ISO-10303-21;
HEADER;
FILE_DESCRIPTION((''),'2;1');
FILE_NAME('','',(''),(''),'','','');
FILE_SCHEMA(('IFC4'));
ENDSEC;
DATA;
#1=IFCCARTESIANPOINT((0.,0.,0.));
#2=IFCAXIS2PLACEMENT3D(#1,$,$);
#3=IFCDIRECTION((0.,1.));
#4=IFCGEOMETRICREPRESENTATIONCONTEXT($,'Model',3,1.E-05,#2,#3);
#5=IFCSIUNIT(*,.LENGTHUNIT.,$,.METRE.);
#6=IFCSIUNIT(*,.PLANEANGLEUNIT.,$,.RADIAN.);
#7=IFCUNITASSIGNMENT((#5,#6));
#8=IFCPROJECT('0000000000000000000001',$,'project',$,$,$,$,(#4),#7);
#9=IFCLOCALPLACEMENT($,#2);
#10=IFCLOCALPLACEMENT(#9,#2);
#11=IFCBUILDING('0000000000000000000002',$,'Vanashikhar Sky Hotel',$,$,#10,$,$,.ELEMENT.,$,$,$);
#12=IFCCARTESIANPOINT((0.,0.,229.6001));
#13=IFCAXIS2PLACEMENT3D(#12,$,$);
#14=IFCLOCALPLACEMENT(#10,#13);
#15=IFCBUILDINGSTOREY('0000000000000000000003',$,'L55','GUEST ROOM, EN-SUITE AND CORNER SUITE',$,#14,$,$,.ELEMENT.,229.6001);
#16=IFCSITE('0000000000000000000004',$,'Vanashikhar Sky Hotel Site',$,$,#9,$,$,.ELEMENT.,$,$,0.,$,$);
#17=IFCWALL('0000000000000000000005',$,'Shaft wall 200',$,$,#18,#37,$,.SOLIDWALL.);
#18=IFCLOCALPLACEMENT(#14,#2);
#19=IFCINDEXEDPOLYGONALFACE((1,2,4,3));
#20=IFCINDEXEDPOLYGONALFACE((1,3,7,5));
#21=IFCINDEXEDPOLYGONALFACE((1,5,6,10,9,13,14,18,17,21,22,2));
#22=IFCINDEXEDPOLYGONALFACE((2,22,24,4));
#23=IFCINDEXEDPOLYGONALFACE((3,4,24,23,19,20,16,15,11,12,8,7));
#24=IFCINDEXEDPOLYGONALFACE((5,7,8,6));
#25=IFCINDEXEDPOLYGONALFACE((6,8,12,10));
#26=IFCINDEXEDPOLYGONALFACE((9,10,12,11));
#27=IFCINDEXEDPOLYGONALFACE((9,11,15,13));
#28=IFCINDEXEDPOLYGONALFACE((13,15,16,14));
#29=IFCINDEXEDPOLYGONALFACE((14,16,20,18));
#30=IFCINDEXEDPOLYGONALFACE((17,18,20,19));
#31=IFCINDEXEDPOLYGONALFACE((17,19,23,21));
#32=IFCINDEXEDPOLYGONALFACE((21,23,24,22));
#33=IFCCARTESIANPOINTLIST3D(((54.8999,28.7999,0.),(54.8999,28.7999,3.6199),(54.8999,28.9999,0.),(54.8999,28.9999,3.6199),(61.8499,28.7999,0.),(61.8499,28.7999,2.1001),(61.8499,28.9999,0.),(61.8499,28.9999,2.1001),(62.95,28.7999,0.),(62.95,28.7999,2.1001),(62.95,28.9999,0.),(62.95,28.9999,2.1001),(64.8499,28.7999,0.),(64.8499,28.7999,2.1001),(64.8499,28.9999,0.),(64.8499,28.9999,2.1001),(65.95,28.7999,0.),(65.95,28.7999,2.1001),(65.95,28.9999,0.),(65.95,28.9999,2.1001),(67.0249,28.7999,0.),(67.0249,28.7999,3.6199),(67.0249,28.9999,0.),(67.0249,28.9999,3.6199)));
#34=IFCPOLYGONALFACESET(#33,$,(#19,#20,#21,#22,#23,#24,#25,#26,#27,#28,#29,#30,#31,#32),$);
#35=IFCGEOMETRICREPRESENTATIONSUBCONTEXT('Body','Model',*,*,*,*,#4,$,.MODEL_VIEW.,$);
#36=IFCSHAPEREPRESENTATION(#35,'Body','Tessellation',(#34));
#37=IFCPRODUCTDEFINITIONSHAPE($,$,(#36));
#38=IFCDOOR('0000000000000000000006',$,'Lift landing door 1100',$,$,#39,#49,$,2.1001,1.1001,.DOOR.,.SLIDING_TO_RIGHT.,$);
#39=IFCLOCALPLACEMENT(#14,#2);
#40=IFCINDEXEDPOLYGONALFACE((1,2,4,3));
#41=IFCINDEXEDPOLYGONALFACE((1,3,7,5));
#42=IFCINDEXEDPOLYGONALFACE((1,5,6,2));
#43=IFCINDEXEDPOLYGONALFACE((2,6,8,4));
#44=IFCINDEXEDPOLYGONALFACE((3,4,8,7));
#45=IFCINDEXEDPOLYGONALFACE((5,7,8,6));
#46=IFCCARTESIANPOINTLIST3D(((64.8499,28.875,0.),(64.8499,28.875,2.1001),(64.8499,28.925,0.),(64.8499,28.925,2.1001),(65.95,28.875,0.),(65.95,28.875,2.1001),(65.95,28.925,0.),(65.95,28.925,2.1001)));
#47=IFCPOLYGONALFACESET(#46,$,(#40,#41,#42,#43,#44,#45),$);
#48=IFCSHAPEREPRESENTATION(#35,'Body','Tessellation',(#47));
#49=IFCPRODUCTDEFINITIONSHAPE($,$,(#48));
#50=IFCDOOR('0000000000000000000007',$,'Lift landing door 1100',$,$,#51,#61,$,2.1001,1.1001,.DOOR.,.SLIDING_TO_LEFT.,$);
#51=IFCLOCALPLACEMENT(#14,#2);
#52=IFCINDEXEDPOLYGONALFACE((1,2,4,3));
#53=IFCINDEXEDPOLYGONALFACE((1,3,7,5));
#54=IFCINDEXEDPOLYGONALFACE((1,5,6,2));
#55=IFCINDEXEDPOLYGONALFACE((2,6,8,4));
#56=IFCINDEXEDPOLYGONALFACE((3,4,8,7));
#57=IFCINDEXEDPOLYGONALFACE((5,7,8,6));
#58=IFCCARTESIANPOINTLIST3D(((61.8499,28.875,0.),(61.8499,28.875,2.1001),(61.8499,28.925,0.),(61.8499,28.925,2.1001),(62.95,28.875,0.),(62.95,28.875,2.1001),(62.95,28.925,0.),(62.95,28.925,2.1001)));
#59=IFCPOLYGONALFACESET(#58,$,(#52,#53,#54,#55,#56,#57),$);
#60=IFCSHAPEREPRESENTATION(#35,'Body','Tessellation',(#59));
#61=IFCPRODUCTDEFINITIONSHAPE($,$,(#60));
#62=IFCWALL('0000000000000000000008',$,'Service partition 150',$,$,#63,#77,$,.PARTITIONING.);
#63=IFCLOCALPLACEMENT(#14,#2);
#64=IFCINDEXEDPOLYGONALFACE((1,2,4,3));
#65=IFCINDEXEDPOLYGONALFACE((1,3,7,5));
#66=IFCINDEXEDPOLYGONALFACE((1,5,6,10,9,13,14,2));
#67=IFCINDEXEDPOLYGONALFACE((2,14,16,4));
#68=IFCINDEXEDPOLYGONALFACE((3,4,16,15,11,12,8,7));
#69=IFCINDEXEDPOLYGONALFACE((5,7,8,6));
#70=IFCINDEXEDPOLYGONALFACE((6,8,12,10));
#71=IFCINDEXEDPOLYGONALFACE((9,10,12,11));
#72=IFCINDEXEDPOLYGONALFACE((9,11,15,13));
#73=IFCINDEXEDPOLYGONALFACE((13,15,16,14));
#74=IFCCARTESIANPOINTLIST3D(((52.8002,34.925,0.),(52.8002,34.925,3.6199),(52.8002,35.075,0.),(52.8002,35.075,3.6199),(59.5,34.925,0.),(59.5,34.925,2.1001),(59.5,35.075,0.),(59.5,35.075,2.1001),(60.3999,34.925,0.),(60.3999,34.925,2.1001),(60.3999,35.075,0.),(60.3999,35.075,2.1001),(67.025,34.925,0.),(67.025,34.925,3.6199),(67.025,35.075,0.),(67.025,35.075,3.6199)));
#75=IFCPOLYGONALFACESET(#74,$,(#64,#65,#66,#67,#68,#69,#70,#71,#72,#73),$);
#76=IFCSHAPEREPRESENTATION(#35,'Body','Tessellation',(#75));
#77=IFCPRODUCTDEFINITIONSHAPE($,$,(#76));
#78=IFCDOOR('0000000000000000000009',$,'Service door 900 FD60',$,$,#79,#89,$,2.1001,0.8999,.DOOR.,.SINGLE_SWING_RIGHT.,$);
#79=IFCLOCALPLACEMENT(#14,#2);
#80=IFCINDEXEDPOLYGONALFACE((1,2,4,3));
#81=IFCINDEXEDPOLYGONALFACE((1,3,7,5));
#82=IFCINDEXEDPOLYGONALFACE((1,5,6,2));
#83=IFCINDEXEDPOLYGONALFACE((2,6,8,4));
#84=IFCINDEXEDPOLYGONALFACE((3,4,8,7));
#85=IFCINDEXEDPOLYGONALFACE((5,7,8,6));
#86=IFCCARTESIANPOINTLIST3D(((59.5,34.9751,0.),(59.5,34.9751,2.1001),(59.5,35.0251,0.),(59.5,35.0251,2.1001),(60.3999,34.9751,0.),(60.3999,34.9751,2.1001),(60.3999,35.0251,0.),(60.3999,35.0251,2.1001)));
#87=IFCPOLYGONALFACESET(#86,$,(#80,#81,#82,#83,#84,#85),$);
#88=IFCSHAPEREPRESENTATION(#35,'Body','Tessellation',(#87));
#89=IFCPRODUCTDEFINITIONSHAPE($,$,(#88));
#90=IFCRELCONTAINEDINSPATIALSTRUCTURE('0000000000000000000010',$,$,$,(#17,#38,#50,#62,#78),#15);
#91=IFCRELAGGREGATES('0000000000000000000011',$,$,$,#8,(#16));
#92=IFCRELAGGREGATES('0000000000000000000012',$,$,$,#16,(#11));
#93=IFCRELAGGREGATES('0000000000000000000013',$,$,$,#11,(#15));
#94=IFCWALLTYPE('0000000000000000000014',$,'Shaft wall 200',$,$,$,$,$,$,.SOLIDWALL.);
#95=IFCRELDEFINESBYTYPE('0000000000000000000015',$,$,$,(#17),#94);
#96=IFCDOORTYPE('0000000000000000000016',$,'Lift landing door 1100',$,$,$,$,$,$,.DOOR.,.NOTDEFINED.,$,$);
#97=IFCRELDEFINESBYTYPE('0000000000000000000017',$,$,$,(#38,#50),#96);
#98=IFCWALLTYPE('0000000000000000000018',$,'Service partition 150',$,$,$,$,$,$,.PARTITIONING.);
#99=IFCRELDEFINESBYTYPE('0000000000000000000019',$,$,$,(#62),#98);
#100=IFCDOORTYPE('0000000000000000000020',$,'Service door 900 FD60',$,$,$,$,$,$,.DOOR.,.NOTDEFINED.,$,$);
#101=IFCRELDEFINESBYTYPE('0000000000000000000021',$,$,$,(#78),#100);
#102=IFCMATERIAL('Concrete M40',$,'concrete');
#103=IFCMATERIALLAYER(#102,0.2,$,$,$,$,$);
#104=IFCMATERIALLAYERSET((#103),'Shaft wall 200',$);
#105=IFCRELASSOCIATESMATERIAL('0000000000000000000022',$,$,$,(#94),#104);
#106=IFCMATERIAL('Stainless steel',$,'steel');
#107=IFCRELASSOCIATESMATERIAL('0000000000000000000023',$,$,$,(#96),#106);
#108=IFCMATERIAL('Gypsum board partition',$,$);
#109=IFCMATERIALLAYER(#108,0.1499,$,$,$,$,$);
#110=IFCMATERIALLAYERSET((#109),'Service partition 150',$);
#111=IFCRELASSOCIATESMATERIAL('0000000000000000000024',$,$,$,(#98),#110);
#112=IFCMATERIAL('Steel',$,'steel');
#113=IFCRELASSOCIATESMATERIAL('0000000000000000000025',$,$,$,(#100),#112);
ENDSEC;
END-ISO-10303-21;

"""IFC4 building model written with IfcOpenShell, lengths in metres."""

from ifc_helpers import new_model, si_unit, direction, frame, frame_2d, origin, place, context, subcontext, project, spatial, rectangle, extrude, source, transform, mapped, material, layer, layer_set, type_object, element, fill, save


model = new_model("IFC4")

# Units and contexts
model_context = context("Model", 3, precision=1e-05, world=origin(), true_north=direction((0.0, 1.0)))
body_context = subcontext(model_context, "Body", "Model", "MODEL_VIEW")
ifc_project = project(units=[si_unit("LENGTHUNIT", "METRE"), si_unit("PLANEANGLEUNIT", "RADIAN")], contexts=[model_context])

# Site, building, storey
site_placement = place(None, origin())
site = spatial("IfcSite", under=ifc_project, at=site_placement, Name="Vanashikhar Sky Hotel Site", CompositionType="ELEMENT", RefElevation=0.0)
building_placement = place(site_placement, origin())
building = spatial("IfcBuilding", under=site, at=building_placement, Name="Vanashikhar Sky Hotel", CompositionType="ELEMENT")
storey_placement = place(building_placement, frame((0.0, 0.0, 229.6001)))
storey = spatial("IfcBuildingStorey", under=building, at=storey_placement, Name="L55", Description="GUEST ROOM, EN-SUITE AND CORNER SUITE", CompositionType="ELEMENT", Elevation=229.6001)

# Shared definitions
ifc_material_1 = material(Name="Concrete M40", Category="concrete")
ifc_layer_1 = layer(ifc_material_1, 0.2)
ifc_layer_set_1 = layer_set([ifc_layer_1], Name="Shaft wall 200")
wall_type_1 = type_object("IfcWallType", Name="Shaft wall 200", PredefinedType="SOLIDWALL", material=ifc_layer_set_1)
shared_shape_1 = source(origin(), body_context, "Body", "SweptSolid", [
    extrude(rectangle(XDim=1.1001, YDim=2.1001, at=frame_2d((0.55, 1.05))), frame((0.0, 0.1099, 0.0), z_axis=(0.0, -1.0, 0.0), x_axis=(1.0, 0.0, 0.0)), (0.0, 0.0, 1.0), 0.22),
])
ifc_material_2 = material(Name="Stainless steel", Category="steel")
door_type_1 = type_object("IfcDoorType", Name="Lift landing door 1100", OperationType="NOTDEFINED", PredefinedType="DOOR", material=ifc_material_2)
shared_shape_2 = source(origin(), body_context, "Body", "SweptSolid", [
    extrude(rectangle(XDim=1.1001, YDim=2.1001, at=frame_2d((0.55, 1.05))), frame((0.0, 0.0249, 0.0), z_axis=(0.0, -1.0, 0.0), x_axis=(1.0, 0.0, 0.0)), (0.0, 0.0, 1.0), 0.05),
])

# Shared definitions
ifc_material_3 = material(Name="Gypsum board partition")
ifc_layer_2 = layer(ifc_material_3, 0.1499)
ifc_layer_set_2 = layer_set([ifc_layer_2], Name="Service partition 150")
wall_type_2 = type_object("IfcWallType", Name="Service partition 150", PredefinedType="PARTITIONING", material=ifc_layer_set_2)

# Wall, openings, doors
shared_shape_3 = source(origin(), body_context, "Body", "SweptSolid", [
    extrude(rectangle(XDim=12.125, YDim=0.2, at=frame_2d((6.0625, 0.0))), origin(), (0.0, 0.0, 1.0), 3.6199),
])
wall_1_placement = place(storey_placement, frame((67.0249, 28.8999, 0.0), z_axis=(0.0, 0.0, 1.0), x_axis=(-1.0, 0.0, 0.0)))
wall_1 = element("IfcWall", 1, at=wall_1_placement, inside=storey, type_object=wall_type_1, Name="Shaft wall 200", PredefinedType="SOLIDWALL", context=body_context, shape_type="MappedRepresentation", body=[
    mapped(shared_shape_3, transform((0.0, 0.0, 0.0), scale=1.0)),
])
opening_1_placement = place(wall_1_placement, frame((1.075, 0.0, 0.0)))
opening_1 = element("IfcOpeningElement", 2, at=opening_1_placement, cuts=wall_1, PredefinedType="OPENING", context=body_context, shape_type="MappedRepresentation", body=[
    mapped(shared_shape_1, transform((0.0, 0.0, 0.0), scale=1.0)),
])
opening_2_placement = place(wall_1_placement, frame((4.075, 0.0, 0.0)))
opening_2 = element("IfcOpeningElement", 3, at=opening_2_placement, cuts=wall_1, PredefinedType="OPENING", context=body_context, shape_type="MappedRepresentation", body=[
    mapped(shared_shape_1, transform((0.0, 0.0, 0.0), scale=1.0)),
])
door_1_placement = place(opening_1_placement, origin())
door_1 = element("IfcDoor", 4, at=door_1_placement, inside=storey, type_object=door_type_1, Name="Lift landing door 1100", OperationType="SLIDING_TO_RIGHT", OverallHeight=2.1001, OverallWidth=1.1001, PredefinedType="DOOR", context=body_context, shape_type="MappedRepresentation", body=[
    mapped(shared_shape_2, transform((0.0, 0.0, 0.0), scale=1.0)),
])
fill(opening_1, door_1)
door_2_placement = place(opening_2_placement, origin())
door_2 = element("IfcDoor", 5, at=door_2_placement, inside=storey, type_object=door_type_1, Name="Lift landing door 1100", OperationType="SLIDING_TO_LEFT", OverallHeight=2.1001, OverallWidth=1.1001, PredefinedType="DOOR", context=body_context, shape_type="MappedRepresentation", body=[
    mapped(shared_shape_2, transform((0.0, 0.0, 0.0), scale=1.0)),
])
fill(opening_2, door_2)

# Wall, opening, door
shared_shape_4 = source(origin(), body_context, "Body", "SweptSolid", [
    extrude(rectangle(XDim=14.2249, YDim=0.1499, at=frame_2d((7.1123, 0.0))), origin(), (0.0, 0.0, 1.0), 3.6199),
])
wall_2_placement = place(storey_placement, frame((67.0249, 35.0, 0.0), z_axis=(0.0, 0.0, 1.0), x_axis=(-1.0, 0.0, 0.0)))
wall_2 = element("IfcWall", 6, at=wall_2_placement, inside=storey, type_object=wall_type_2, Name="Service partition 150", PredefinedType="PARTITIONING", context=body_context, shape_type="MappedRepresentation", body=[
    mapped(shared_shape_4, transform((0.0, 0.0, 0.0), scale=1.0)),
])
shared_shape_5 = source(origin(), body_context, "Body", "SweptSolid", [
    extrude(rectangle(XDim=0.8999, YDim=2.1001, at=frame_2d((0.45, 1.05))), frame((0.0, 0.085, 0.0), z_axis=(0.0, -1.0, 0.0), x_axis=(1.0, 0.0, 0.0)), (0.0, 0.0, 1.0), 0.1699),
])
opening_3_placement = place(wall_2_placement, frame((6.625, 0.0, 0.0)))
opening_3 = element("IfcOpeningElement", 7, at=opening_3_placement, cuts=wall_2, PredefinedType="OPENING", context=body_context, shape_type="MappedRepresentation", body=[
    mapped(shared_shape_5, transform((0.0, 0.0, 0.0), scale=1.0)),
])
ifc_material_4 = material(Name="Steel", Category="steel")
door_type_2 = type_object("IfcDoorType", Name="Service door 900 FD60", OperationType="NOTDEFINED", PredefinedType="DOOR", material=ifc_material_4)
shared_shape_6 = source(origin(), body_context, "Body", "SweptSolid", [
    extrude(rectangle(XDim=0.8999, YDim=2.1001, at=frame_2d((0.45, 1.05))), frame((0.0, 0.0249, 0.0), z_axis=(0.0, -1.0, 0.0), x_axis=(1.0, 0.0, 0.0)), (0.0, 0.0, 1.0), 0.05),
])
door_3_placement = place(opening_3_placement, origin())
door_3 = element("IfcDoor", 8, at=door_3_placement, inside=storey, type_object=door_type_2, Name="Service door 900 FD60", OperationType="SINGLE_SWING_RIGHT", OverallHeight=2.1001, OverallWidth=0.8999, PredefinedType="DOOR", context=body_context, shape_type="MappedRepresentation", body=[
    mapped(shared_shape_6, transform((0.0, 0.0, 0.0), scale=1.0)),
])
fill(opening_3, door_3)

save(model, "model.ifc")
